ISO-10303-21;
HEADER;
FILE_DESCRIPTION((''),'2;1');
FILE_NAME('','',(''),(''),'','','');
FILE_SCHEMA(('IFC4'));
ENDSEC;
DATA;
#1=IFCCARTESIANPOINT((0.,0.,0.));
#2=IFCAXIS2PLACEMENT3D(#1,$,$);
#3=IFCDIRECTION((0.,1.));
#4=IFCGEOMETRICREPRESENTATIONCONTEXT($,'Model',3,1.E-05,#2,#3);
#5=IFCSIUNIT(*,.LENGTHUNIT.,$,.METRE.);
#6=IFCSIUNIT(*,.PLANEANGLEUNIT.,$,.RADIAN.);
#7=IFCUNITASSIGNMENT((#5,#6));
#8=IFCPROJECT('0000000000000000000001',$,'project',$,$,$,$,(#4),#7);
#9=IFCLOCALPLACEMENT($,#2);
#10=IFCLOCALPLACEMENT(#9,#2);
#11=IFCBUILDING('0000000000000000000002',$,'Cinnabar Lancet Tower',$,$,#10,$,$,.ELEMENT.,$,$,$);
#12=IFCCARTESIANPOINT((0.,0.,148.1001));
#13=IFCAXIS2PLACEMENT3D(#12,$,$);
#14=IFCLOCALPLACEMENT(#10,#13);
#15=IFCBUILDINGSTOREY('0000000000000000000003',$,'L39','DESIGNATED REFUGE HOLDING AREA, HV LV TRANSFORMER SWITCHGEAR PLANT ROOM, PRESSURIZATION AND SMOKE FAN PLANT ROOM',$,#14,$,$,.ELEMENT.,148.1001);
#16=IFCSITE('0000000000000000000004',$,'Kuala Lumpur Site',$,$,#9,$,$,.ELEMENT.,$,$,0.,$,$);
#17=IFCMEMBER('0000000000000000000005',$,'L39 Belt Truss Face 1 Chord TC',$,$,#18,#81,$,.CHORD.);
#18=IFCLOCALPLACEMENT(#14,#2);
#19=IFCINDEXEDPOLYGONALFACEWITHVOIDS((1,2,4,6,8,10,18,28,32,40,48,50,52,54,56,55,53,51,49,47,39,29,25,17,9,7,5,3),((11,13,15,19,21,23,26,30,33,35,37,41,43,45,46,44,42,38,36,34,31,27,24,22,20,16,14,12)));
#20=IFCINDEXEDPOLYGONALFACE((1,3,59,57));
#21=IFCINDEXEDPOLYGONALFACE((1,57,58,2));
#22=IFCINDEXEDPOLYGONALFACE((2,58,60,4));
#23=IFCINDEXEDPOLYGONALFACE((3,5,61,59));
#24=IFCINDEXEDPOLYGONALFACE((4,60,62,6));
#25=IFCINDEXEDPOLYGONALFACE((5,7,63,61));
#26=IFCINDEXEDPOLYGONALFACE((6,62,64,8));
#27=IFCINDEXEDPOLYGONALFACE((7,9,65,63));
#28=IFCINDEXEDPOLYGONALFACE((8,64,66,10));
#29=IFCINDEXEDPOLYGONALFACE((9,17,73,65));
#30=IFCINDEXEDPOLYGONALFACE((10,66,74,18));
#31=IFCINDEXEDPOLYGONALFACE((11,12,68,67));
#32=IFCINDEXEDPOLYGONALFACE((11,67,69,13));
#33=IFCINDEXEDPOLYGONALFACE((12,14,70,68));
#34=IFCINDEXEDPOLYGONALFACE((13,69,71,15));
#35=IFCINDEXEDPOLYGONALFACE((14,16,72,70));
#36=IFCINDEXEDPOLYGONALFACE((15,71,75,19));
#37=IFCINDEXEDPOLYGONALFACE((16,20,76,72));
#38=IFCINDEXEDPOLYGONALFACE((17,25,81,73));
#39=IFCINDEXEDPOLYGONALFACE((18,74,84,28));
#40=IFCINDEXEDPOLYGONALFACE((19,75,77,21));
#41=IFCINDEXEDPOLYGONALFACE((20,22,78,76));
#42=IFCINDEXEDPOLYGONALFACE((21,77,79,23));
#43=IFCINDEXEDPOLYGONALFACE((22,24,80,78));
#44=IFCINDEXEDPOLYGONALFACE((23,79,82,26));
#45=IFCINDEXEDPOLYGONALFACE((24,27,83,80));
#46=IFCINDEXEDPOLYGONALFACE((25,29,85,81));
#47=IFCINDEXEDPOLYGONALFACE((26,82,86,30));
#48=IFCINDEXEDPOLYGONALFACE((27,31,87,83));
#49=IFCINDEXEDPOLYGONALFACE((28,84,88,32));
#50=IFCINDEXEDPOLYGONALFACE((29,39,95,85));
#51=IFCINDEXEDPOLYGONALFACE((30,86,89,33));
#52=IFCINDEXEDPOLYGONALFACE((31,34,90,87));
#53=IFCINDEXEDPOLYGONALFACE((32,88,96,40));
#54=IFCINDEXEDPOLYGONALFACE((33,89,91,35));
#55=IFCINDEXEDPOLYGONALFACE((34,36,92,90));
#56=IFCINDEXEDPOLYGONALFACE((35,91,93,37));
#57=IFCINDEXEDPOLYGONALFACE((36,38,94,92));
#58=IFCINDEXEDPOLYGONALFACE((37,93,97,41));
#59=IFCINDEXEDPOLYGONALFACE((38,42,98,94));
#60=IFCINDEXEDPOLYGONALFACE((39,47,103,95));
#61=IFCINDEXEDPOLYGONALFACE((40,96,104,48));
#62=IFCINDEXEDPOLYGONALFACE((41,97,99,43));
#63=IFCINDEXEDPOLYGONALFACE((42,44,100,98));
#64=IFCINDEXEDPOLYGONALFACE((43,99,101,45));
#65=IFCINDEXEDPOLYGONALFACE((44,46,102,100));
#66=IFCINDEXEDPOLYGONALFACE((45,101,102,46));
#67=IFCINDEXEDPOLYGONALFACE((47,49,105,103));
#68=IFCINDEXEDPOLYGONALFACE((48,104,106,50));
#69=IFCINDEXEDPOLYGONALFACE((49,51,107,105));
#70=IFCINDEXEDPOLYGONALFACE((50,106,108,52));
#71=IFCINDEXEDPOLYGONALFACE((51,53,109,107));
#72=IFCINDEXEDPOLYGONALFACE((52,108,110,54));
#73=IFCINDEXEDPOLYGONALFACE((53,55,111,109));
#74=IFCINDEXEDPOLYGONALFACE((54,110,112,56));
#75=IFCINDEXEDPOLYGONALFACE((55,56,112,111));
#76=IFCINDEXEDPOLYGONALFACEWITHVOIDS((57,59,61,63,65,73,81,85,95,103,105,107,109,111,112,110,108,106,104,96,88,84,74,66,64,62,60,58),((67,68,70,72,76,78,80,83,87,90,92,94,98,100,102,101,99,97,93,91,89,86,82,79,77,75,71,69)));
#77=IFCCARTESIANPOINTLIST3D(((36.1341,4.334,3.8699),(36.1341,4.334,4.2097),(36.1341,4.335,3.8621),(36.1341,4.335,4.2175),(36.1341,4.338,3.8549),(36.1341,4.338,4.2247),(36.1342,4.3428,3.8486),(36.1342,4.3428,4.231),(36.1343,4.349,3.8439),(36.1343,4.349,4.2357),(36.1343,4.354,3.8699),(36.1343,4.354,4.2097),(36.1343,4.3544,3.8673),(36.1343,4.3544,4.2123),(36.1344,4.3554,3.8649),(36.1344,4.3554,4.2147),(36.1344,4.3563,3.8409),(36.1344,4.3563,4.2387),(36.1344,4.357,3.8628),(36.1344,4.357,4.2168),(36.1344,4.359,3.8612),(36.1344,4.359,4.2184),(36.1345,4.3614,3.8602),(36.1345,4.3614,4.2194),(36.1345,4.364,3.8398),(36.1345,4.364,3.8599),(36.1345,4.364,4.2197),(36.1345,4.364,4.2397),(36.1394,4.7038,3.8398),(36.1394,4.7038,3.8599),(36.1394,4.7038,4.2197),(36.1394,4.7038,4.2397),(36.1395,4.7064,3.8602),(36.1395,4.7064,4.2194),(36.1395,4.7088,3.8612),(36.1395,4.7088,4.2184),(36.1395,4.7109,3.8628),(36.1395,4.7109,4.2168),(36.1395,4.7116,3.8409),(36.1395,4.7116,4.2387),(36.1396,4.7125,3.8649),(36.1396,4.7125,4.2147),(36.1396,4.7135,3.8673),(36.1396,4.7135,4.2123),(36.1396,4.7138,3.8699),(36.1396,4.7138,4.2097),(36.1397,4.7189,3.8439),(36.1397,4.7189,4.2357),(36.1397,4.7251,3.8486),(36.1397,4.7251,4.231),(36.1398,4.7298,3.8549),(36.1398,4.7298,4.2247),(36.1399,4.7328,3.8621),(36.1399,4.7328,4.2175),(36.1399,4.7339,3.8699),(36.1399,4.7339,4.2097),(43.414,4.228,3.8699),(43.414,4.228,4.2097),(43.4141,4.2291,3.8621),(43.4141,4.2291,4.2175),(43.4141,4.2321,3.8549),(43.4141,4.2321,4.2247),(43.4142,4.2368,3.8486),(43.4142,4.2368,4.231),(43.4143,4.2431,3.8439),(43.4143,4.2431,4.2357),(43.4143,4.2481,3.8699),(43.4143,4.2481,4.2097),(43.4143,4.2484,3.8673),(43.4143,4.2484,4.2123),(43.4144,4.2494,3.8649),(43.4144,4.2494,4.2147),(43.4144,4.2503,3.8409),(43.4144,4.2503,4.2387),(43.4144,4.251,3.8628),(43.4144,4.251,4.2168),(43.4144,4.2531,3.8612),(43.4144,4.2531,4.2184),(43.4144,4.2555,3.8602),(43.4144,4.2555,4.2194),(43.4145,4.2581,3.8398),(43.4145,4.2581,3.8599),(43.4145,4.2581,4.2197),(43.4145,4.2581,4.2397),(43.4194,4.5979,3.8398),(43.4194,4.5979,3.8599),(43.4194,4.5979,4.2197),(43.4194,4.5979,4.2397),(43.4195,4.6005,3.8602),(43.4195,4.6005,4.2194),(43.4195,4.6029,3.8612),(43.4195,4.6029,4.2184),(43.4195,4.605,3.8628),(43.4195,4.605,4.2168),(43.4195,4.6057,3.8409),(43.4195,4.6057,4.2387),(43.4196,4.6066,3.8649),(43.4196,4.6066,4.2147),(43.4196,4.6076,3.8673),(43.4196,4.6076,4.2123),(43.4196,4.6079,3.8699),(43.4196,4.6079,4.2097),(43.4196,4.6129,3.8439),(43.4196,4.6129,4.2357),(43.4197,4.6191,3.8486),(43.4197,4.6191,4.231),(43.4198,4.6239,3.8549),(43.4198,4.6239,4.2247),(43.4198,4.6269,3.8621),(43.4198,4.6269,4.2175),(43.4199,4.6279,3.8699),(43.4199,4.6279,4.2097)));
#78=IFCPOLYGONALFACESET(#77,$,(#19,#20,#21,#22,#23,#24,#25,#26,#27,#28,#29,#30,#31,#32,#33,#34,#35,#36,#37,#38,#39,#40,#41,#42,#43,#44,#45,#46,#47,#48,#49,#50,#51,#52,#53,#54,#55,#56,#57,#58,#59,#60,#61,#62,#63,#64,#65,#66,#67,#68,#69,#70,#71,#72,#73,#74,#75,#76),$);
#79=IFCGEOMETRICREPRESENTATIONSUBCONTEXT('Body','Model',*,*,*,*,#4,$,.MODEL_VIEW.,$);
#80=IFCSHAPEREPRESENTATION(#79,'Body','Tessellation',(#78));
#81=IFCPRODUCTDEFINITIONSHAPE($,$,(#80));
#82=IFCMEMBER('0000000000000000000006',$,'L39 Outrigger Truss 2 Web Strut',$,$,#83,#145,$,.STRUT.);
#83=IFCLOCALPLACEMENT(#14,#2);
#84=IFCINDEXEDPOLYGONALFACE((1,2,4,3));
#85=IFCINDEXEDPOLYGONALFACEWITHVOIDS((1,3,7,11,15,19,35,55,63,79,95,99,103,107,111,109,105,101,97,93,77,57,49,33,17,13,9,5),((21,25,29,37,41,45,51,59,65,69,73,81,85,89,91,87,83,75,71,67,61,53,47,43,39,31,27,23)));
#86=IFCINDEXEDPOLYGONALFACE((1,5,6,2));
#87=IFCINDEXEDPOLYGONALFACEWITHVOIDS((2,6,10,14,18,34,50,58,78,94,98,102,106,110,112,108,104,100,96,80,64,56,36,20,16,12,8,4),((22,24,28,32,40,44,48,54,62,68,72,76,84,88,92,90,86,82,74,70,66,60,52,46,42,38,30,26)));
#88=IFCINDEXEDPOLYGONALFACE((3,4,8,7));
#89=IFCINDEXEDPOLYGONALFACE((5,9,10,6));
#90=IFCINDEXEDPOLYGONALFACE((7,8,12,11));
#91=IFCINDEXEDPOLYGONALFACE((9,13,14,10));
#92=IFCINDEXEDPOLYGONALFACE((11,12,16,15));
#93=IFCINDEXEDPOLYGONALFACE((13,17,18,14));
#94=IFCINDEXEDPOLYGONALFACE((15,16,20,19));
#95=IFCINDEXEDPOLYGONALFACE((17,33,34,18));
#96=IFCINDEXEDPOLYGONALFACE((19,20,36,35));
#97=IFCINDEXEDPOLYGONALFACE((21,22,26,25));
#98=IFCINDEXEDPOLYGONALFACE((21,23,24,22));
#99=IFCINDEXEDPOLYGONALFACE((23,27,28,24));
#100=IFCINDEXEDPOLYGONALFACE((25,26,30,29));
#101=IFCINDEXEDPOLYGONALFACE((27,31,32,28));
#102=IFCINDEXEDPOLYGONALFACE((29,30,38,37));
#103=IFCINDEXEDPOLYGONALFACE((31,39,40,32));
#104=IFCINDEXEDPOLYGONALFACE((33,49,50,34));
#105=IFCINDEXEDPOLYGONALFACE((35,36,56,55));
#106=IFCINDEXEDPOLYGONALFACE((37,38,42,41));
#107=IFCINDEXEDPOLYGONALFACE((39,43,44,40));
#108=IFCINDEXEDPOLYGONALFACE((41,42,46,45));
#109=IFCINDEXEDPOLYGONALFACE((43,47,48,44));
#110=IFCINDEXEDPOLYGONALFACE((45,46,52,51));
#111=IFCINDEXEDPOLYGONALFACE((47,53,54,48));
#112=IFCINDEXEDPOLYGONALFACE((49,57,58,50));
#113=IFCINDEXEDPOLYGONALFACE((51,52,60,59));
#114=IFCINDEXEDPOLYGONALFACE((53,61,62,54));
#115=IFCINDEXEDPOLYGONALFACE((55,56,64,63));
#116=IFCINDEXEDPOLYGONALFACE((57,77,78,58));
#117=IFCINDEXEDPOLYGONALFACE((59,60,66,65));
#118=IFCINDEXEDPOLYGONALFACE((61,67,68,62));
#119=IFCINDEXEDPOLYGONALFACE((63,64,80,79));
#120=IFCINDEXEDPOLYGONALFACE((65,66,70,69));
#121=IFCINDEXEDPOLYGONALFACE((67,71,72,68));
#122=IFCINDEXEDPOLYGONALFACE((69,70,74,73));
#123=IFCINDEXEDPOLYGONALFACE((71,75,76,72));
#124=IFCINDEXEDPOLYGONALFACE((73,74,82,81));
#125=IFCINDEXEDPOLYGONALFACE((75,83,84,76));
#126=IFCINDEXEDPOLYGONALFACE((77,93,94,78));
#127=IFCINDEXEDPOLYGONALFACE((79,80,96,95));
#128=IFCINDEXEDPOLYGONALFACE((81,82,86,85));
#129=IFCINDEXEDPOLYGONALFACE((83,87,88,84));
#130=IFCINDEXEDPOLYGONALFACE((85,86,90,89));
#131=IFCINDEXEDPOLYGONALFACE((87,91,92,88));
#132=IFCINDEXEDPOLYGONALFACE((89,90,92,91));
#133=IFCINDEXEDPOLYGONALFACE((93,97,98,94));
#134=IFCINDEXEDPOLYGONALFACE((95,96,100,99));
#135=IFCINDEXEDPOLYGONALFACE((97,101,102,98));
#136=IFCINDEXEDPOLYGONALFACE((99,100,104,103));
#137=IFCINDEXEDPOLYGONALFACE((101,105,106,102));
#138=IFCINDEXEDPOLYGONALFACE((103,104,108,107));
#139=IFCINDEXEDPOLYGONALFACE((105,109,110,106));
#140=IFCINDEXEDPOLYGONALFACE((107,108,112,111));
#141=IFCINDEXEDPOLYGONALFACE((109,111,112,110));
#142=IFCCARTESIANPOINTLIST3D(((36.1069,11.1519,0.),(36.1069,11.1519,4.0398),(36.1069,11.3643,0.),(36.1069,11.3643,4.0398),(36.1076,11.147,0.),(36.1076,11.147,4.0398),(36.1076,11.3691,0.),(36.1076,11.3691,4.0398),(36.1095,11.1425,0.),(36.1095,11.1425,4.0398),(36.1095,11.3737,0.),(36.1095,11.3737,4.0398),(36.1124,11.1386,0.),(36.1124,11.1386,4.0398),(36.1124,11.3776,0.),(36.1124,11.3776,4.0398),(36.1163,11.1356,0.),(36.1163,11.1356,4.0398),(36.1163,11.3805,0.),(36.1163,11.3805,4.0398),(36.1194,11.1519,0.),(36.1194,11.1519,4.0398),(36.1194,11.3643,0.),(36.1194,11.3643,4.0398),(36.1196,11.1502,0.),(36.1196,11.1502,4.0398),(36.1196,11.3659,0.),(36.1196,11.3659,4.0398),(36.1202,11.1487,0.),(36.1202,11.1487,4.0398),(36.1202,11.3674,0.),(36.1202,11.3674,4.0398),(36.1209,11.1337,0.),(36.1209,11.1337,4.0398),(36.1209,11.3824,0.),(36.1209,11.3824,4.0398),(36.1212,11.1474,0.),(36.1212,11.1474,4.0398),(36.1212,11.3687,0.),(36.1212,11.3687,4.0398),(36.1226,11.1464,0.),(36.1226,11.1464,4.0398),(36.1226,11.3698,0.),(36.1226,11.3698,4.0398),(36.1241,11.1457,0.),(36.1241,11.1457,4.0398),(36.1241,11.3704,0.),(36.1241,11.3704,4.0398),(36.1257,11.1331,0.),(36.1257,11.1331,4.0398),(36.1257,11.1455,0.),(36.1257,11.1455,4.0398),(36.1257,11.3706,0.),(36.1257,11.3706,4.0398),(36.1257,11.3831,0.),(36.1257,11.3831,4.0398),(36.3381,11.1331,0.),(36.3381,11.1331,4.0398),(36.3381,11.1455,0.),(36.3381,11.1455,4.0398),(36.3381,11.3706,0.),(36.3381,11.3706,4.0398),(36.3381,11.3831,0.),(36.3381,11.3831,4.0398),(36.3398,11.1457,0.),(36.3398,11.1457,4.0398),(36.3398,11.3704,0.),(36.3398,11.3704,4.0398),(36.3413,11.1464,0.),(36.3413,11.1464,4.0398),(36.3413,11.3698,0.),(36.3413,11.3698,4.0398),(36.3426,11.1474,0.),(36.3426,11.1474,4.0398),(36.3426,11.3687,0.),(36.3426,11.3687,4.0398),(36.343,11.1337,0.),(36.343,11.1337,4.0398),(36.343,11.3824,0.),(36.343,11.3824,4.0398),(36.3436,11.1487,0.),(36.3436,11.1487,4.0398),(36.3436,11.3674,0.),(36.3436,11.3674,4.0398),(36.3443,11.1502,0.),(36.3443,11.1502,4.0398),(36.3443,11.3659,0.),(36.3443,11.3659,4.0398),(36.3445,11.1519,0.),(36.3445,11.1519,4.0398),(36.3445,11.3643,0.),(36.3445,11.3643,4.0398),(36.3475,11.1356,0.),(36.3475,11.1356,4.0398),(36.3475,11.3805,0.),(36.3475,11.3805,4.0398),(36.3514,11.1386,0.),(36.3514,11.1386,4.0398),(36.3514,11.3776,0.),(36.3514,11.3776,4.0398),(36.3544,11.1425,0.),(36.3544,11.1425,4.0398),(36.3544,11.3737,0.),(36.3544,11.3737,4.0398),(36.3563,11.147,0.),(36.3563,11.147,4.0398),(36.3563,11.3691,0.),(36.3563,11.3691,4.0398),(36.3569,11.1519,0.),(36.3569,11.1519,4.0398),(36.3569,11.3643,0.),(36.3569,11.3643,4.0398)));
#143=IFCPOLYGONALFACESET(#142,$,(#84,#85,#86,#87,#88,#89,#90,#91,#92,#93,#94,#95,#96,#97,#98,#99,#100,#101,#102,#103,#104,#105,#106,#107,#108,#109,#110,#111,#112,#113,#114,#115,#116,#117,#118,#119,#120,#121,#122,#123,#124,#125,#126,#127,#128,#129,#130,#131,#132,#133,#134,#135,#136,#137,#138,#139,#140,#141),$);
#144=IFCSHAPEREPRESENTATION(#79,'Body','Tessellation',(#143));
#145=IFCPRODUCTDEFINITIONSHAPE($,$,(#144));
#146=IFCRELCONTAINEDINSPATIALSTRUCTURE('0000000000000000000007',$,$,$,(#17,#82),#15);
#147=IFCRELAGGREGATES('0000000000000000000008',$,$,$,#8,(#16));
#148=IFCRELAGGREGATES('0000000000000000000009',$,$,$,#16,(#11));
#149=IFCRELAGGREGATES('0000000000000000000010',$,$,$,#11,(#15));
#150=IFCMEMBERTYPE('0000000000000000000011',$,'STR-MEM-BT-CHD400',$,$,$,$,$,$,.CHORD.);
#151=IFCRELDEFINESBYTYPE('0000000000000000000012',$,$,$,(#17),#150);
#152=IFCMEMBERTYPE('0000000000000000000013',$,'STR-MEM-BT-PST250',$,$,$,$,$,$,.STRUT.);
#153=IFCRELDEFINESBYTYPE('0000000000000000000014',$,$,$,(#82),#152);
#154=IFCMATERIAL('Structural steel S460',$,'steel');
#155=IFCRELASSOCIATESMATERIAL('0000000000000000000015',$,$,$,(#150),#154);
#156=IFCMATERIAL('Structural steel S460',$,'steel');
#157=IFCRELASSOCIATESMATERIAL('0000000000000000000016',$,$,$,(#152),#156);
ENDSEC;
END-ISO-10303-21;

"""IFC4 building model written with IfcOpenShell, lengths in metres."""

from ifc_helpers import new_model, si_unit, direction, frame, origin, origin_2d, place, context, subcontext, project, spatial, hollow_rectangle, extrude, material, material_profile, profile_set, type_object, element, save


model = new_model("IFC4")

# Units and contexts
model_context = context("Model", 3, precision=1e-05, world=origin(), true_north=direction((0.0, 1.0)))
body_context = subcontext(model_context, "Body", "Model", "MODEL_VIEW")
ifc_project = project(units=[si_unit("LENGTHUNIT", "METRE"), si_unit("PLANEANGLEUNIT", "RADIAN")], contexts=[model_context])

# Site, building, storey
site_placement = place(None, origin())
site = spatial("IfcSite", under=ifc_project, at=site_placement, Name="Kuala Lumpur Site", CompositionType="ELEMENT", RefElevation=0.0)
building_placement = place(site_placement, origin())
building = spatial("IfcBuilding", under=site, at=building_placement, Name="Cinnabar Lancet Tower", CompositionType="ELEMENT")
storey_placement = place(building_placement, frame((0.0, 0.0, 148.1001)))
storey = spatial("IfcBuildingStorey", under=building, at=storey_placement, Name="L39", Description="DESIGNATED REFUGE HOLDING AREA, HV LV TRANSFORMER SWITCHGEAR PLANT ROOM, PRESSURIZATION AND SMOKE FAN PLANT ROOM", CompositionType="ELEMENT", Elevation=148.1001)

# Members
ifc_material_1 = material(Name="Structural steel S460", Category="steel")
ifc_material_profile_1 = material_profile(ifc_material_1, hollow_rectangle(XDim=0.3999, YDim=0.3999, WallThickness=0.02, InnerFilletRadius=0.01, OuterFilletRadius=0.03, at=origin_2d()), Name="SHS 400x400x20")
ifc_profile_set_1 = profile_set([ifc_material_profile_1], Name="Structural steel S460")
member_type_1 = type_object("IfcMemberType", Name="STR-MEM-BT-CHD400", PredefinedType="CHORD", material=ifc_profile_set_1)
for number, where, z_axis, x_axis, name in (
    (1, (36.137, 4.5339, 4.0398), (0.999894, -0.014553, 0.0), (0.014553, 0.999894, 0.0), "L39 Belt Truss Face 1 Chord TC"),
):
    element("IfcMember", number, at=place(storey_placement, frame(where, z_axis=z_axis, x_axis=x_axis)), inside=storey, type_object=member_type_1, Name=name, PredefinedType="CHORD", context=body_context, shape_type="SweptSolid", body=[
        extrude(hollow_rectangle(XDim=0.3999, YDim=0.3999, WallThickness=0.02, InnerFilletRadius=0.01, OuterFilletRadius=0.03, at=origin_2d()), origin(), (0.0, 0.0, 1.0), 7.2808),
    ])
ifc_material_2 = material(Name="Structural steel S460", Category="steel")
ifc_material_profile_2 = material_profile(ifc_material_2, hollow_rectangle(XDim=0.25, YDim=0.25, WallThickness=0.0125, InnerFilletRadius=0.0063, OuterFilletRadius=0.0188, at=origin_2d()), Name="SHS 250x250x12.5")
ifc_profile_set_2 = profile_set([ifc_material_profile_2], Name="Structural steel S460")
member_type_2 = type_object("IfcMemberType", Name="STR-MEM-BT-PST250", PredefinedType="STRUT", material=ifc_profile_set_2)
member_1_placement = place(storey_placement, frame((36.2319, 11.2581, 0.0), z_axis=(0.0, 0.0, 1.0), x_axis=(1.0, 0.0, 0.0)))
element("IfcMember", 2, at=member_1_placement, inside=storey, type_object=member_type_2, Name="L39 Outrigger Truss 2 Web Strut", PredefinedType="STRUT", context=body_context, shape_type="SweptSolid", body=[
    extrude(hollow_rectangle(XDim=0.25, YDim=0.25, WallThickness=0.0125, InnerFilletRadius=0.0063, OuterFilletRadius=0.0188, at=origin_2d()), origin(), (0.0, 0.0, 1.0), 4.0398),
])

save(model, "model.ifc")
